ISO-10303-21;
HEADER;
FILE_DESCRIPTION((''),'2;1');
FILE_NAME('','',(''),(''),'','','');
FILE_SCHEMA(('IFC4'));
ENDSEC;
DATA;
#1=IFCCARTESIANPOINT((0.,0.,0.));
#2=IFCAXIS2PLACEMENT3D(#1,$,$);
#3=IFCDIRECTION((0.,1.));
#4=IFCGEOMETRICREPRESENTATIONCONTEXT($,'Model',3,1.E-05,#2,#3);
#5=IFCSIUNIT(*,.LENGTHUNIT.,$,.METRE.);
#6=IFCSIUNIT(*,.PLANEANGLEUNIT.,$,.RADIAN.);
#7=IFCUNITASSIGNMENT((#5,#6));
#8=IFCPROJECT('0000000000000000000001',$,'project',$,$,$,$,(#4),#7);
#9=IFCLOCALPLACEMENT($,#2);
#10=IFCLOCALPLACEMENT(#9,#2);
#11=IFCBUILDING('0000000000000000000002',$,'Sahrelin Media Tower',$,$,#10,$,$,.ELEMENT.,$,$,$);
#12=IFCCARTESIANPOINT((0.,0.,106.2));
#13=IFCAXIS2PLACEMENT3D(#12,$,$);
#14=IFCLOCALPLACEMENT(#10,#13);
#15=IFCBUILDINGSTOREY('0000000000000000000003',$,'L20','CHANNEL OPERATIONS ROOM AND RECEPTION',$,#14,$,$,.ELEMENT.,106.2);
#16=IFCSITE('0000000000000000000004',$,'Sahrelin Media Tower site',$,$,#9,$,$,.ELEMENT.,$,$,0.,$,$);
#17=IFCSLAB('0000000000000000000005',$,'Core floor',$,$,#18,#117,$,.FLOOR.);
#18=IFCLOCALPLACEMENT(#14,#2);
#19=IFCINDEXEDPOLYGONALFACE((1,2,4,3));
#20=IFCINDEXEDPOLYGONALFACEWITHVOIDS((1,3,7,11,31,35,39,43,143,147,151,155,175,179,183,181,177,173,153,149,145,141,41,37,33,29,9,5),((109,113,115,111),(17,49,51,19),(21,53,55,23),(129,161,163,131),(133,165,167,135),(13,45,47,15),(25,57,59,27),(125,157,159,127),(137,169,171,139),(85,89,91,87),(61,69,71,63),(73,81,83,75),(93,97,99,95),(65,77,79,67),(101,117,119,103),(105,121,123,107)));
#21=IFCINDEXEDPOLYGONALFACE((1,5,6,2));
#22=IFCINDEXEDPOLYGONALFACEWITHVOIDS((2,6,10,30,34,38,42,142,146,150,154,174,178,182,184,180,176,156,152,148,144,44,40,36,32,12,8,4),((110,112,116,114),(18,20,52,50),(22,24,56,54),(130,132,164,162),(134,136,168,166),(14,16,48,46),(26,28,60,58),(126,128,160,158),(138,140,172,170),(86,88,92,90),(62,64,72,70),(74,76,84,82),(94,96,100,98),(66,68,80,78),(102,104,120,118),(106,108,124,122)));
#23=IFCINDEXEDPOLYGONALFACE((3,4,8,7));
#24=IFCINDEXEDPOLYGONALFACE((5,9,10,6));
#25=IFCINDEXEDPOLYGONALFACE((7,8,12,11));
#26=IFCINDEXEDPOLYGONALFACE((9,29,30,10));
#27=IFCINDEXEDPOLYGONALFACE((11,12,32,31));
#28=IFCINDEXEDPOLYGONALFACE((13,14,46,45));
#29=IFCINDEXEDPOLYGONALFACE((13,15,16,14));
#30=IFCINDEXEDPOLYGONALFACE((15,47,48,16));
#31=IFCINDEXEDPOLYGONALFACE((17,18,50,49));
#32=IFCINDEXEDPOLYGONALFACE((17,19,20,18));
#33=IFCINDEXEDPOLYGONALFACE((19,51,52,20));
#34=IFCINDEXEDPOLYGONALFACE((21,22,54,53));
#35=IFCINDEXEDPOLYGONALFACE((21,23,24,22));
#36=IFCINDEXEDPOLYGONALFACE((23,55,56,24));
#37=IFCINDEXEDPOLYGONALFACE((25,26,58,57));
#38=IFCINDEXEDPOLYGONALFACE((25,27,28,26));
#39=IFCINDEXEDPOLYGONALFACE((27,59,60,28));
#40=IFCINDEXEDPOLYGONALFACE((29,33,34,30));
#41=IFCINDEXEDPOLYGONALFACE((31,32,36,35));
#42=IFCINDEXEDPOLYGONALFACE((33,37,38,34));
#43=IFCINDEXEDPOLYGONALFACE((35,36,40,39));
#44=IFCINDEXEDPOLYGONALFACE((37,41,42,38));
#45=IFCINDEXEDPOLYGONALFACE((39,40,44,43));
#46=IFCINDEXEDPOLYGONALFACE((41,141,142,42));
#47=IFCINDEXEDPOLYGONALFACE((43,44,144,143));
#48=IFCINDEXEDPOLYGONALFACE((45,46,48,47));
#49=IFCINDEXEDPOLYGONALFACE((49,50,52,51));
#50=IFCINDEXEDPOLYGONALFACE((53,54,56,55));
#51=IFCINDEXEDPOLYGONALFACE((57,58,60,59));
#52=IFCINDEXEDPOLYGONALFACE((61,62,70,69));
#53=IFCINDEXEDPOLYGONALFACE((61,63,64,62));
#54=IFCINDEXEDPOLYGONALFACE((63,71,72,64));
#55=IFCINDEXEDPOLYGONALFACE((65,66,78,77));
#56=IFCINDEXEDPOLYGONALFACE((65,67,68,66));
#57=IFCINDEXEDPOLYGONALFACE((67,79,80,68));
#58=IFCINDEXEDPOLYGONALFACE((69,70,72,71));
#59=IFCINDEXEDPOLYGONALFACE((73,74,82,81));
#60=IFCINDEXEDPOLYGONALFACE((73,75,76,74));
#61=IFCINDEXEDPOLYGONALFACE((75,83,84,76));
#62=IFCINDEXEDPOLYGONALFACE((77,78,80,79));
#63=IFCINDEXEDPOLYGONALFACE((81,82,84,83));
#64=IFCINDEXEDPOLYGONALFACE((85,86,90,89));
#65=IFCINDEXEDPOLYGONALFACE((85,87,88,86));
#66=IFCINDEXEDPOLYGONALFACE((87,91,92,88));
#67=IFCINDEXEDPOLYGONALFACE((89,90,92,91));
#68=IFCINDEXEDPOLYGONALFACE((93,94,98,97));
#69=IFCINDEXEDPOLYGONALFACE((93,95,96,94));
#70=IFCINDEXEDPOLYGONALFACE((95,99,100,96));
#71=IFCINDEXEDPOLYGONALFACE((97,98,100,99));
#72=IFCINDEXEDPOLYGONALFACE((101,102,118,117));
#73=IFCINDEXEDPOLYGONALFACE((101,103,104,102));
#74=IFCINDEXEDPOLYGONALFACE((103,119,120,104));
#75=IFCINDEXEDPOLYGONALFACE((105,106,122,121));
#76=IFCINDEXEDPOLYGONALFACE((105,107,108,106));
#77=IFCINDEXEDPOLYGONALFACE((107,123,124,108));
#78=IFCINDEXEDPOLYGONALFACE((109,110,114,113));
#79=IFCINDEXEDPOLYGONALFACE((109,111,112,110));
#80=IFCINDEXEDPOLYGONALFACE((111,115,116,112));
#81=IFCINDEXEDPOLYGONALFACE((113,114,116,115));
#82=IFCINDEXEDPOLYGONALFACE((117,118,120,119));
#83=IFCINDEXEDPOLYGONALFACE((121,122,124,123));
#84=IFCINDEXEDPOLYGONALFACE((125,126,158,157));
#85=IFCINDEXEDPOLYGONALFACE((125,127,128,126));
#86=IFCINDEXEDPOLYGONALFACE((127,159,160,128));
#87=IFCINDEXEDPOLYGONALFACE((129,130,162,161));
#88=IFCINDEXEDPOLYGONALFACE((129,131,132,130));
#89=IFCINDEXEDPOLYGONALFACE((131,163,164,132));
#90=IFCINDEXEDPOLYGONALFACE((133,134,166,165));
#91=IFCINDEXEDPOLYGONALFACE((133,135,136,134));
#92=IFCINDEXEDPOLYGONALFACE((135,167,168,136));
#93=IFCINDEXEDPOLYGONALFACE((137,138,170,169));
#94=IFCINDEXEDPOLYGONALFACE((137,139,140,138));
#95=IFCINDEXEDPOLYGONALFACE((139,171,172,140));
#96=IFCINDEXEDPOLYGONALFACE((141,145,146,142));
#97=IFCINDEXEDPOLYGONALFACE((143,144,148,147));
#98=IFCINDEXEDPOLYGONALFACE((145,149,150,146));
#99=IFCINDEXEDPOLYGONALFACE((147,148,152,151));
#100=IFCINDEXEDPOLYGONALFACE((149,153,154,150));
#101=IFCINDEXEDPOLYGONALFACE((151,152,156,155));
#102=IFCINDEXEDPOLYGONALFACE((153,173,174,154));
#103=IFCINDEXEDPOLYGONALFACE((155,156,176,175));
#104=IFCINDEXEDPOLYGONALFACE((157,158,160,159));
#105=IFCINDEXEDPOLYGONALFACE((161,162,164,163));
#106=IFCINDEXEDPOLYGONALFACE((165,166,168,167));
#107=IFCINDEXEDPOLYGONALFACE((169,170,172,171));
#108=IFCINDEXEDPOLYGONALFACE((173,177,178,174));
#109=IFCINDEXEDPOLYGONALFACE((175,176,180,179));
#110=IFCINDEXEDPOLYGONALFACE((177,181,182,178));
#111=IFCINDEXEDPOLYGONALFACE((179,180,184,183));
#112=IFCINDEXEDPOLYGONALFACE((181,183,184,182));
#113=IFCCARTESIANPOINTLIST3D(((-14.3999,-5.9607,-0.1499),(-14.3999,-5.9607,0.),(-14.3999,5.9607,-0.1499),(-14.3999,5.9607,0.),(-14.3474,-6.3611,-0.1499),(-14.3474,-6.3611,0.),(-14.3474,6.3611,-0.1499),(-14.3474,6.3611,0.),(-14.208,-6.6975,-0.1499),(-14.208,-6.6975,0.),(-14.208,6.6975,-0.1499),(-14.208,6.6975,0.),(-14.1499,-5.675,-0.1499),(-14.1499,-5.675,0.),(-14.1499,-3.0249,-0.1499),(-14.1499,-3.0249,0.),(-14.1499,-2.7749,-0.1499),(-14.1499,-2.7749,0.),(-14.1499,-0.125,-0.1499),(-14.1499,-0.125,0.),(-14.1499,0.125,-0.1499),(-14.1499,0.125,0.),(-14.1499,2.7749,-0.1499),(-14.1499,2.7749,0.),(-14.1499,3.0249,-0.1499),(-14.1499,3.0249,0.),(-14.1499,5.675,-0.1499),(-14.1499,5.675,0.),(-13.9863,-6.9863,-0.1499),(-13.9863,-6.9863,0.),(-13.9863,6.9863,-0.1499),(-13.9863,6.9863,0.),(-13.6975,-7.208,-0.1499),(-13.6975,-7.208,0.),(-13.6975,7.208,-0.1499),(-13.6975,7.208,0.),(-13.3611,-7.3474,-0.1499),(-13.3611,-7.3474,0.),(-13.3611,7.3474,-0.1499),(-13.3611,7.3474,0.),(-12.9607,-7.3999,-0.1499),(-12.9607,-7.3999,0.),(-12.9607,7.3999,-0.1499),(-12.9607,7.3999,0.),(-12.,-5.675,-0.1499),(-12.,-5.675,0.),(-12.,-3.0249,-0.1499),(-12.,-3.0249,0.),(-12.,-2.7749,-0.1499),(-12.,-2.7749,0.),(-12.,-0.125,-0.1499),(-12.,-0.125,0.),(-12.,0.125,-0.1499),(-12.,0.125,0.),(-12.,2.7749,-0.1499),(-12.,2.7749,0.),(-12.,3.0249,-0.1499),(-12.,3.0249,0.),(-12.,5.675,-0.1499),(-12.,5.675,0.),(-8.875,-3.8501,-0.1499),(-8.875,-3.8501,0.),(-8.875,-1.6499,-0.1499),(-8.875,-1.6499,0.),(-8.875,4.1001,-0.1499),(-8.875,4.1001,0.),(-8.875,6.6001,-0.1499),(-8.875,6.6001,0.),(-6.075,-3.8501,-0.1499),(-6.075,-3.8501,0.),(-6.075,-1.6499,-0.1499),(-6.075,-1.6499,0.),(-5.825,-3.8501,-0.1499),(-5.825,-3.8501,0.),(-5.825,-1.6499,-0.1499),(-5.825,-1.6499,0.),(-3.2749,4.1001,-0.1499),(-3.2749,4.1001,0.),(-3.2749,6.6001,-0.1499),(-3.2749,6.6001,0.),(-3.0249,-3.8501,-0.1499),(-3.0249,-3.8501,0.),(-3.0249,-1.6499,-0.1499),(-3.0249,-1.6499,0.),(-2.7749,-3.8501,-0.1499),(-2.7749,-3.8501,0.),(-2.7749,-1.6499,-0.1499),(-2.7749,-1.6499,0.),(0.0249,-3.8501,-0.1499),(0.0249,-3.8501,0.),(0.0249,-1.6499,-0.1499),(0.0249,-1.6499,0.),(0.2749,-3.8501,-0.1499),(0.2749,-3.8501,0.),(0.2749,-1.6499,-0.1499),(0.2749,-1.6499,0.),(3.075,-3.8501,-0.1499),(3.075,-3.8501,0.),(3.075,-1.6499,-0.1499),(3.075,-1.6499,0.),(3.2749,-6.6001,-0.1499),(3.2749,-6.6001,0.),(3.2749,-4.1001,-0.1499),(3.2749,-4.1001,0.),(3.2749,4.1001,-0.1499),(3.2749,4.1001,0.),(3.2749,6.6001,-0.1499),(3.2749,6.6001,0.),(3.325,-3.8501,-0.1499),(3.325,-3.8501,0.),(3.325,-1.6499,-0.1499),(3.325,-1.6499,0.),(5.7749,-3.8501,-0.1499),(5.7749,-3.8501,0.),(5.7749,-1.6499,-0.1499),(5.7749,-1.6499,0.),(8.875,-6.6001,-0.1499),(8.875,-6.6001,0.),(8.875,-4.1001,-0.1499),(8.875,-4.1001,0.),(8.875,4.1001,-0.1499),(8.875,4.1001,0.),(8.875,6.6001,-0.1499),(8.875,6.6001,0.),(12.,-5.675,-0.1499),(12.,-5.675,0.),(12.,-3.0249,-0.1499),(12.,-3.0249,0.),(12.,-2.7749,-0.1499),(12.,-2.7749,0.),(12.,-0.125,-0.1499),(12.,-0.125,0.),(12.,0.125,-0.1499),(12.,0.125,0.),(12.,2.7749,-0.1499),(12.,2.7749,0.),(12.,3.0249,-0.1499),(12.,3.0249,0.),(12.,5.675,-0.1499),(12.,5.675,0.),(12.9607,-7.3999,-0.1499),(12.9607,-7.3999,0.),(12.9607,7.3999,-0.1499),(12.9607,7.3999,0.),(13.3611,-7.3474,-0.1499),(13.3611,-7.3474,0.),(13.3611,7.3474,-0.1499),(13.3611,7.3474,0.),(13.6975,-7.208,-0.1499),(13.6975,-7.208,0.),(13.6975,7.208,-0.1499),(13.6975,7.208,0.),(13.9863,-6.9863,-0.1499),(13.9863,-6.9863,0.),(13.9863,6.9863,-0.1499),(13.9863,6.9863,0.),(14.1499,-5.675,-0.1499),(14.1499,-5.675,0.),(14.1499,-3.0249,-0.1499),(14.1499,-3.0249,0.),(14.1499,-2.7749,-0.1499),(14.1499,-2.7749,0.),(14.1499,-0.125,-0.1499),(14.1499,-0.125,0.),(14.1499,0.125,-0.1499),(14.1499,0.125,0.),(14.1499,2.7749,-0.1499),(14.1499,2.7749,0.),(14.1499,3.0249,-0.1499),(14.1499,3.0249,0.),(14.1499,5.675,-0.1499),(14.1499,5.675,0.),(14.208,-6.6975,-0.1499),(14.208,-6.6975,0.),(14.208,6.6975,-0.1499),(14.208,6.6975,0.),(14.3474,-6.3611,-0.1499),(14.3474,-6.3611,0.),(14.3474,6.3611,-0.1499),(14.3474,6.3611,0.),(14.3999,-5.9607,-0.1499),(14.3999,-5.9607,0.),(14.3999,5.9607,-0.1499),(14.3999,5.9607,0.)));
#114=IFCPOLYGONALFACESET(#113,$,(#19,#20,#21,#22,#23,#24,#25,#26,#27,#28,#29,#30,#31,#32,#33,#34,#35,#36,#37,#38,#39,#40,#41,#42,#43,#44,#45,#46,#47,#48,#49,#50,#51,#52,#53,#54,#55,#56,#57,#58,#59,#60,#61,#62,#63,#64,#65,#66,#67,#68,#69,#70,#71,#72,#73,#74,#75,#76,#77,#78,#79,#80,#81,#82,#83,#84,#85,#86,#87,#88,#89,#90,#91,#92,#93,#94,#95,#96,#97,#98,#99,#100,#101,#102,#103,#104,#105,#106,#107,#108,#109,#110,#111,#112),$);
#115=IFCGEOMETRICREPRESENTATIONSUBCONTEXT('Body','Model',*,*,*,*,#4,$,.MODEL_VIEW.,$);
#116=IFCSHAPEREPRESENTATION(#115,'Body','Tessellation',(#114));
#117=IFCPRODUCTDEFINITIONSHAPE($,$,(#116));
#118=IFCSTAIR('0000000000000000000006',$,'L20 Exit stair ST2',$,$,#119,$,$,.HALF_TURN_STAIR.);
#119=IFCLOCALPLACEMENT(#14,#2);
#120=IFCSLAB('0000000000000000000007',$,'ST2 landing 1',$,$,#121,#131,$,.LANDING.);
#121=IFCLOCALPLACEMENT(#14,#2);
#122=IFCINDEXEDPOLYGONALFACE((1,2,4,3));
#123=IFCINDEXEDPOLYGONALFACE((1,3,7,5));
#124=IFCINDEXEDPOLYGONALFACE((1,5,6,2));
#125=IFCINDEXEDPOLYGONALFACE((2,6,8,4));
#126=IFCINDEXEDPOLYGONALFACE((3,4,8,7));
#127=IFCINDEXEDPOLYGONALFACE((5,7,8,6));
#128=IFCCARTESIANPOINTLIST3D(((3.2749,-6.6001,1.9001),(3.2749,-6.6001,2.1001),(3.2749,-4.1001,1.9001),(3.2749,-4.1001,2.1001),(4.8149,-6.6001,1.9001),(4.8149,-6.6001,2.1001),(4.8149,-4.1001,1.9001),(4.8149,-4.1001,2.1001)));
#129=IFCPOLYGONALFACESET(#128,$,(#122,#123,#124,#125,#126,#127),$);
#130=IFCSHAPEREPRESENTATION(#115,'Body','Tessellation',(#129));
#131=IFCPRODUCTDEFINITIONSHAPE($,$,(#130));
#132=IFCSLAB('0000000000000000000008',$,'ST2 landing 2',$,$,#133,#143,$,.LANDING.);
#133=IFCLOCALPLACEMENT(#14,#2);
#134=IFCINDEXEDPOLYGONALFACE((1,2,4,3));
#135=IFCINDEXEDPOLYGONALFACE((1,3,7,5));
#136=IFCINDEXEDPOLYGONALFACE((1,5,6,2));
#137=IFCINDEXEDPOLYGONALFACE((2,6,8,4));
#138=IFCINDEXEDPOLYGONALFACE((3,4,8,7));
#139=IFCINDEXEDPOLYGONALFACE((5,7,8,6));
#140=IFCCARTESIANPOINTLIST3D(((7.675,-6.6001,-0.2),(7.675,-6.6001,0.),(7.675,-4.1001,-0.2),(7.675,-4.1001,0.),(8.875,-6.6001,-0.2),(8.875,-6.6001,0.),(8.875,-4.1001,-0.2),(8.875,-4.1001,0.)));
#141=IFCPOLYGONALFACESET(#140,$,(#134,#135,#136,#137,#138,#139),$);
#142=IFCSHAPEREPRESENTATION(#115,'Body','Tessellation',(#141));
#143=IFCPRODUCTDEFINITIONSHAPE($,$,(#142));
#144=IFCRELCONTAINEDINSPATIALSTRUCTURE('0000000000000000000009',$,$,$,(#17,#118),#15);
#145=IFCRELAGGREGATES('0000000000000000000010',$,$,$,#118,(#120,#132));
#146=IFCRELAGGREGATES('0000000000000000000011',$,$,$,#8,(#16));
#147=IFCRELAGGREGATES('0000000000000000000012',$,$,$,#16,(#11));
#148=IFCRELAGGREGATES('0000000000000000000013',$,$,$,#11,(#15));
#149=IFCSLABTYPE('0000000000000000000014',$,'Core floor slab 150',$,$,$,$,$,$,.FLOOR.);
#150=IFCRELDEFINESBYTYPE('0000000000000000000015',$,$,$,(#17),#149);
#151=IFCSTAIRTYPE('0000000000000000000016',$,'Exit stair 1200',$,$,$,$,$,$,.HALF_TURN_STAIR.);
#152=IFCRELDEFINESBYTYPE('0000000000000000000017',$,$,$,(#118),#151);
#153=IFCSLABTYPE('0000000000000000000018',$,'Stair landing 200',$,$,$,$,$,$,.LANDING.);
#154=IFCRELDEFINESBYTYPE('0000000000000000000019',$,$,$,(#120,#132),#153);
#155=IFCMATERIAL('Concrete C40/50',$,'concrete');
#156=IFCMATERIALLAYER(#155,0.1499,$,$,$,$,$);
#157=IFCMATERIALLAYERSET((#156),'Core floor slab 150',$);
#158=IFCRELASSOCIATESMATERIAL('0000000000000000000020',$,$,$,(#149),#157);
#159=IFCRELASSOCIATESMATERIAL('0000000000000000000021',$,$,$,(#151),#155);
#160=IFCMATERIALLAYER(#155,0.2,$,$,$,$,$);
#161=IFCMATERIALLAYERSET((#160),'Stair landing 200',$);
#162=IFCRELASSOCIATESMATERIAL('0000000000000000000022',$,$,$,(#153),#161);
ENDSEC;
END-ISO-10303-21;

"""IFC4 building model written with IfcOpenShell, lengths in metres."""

from ifc_helpers import new_model, si_unit, direction, frame, origin, place, context, subcontext, project, spatial, polyline, outline, extrude, material, layer, layer_set, type_object, element, aggregate, save


model = new_model("IFC4")

# Units and contexts
model_context = context("Model", 3, precision=1e-05, world=origin(), true_north=direction((0.0, 1.0)))
body_context = subcontext(model_context, "Body", "Model", "MODEL_VIEW")
ifc_project = project(units=[si_unit("LENGTHUNIT", "METRE"), si_unit("PLANEANGLEUNIT", "RADIAN")], contexts=[model_context])

# Site, building, storey
site_placement = place(None, origin())
site = spatial("IfcSite", under=ifc_project, at=site_placement, Name="Sahrelin Media Tower site", CompositionType="ELEMENT", RefElevation=0.0)
building_placement = place(site_placement, origin())
building = spatial("IfcBuilding", under=site, at=building_placement, Name="Sahrelin Media Tower", CompositionType="ELEMENT")
storey_placement = place(building_placement, frame((0.0, 0.0, 106.2)))
storey = spatial("IfcBuildingStorey", under=building, at=storey_placement, Name="L20", Description="CHANNEL OPERATIONS ROOM AND RECEPTION", CompositionType="ELEMENT", Elevation=106.2)

# Slab
ifc_material_1 = material(Name="Concrete C40/50", Category="concrete")
ifc_layer_1 = layer(ifc_material_1, 0.1499)
ifc_layer_set_1 = layer_set([ifc_layer_1], Name="Core floor slab 150")
slab_type_1 = type_object("IfcSlabType", Name="Core floor slab 150", PredefinedType="FLOOR", material=ifc_layer_set_1)
slab_1_placement = place(storey_placement, frame((0.0, 0.0, -0.1499)))
element("IfcSlab", 1, at=slab_1_placement, inside=storey, type_object=slab_type_1, Name="Core floor", PredefinedType="FLOOR", context=body_context, shape_type="SweptSolid", body=[
    extrude(outline(polyline([(-14.3474, 6.3611), (-14.3999, 5.9607), (-14.3999, -5.9607), (-14.3474, -6.3611), (-14.208, -6.6975), (-13.9863, -6.9863), (-13.6975, -7.208), (-13.3611, -7.3474), (-12.9607, -7.3999), (12.9607, -7.3999), (13.3611, -7.3474), (13.6975, -7.208), (13.9863, -6.9863), (14.208, -6.6975), (14.3474, -6.3611), (14.3999, -5.9607), (14.3999, 5.9607), (14.3474, 6.3611), (14.208, 6.6975), (13.9863, 6.9863), (13.6975, 7.208), (13.3611, 7.3474), (12.9607, 7.3999), (-12.9607, 7.3999), (-13.3611, 7.3474), (-13.6975, 7.208), (-13.9863, 6.9863), (-14.208, 6.6975), (-14.3474, 6.3611)]), holes=[polyline([(-12.0, 3.0249), (-12.0, 5.675), (-14.1499, 5.675), (-14.1499, 3.0249), (-12.0, 3.0249)]), polyline([(-14.1499, 0.125), (-12.0, 0.125), (-12.0, 2.7749), (-14.1499, 2.7749), (-14.1499, 0.125)]), polyline([(-14.1499, -0.125), (-14.1499, -2.7749), (-12.0, -2.7749), (-12.0, -0.125), (-14.1499, -0.125)]), polyline([(-12.0, -3.0249), (-14.1499, -3.0249), (-14.1499, -5.675), (-12.0, -5.675), (-12.0, -3.0249)]), polyline([(14.1499, 3.0249), (14.1499, 5.675), (12.0, 5.675), (12.0, 3.0249), (14.1499, 3.0249)]), polyline([(12.0, 0.125), (14.1499, 0.125), (14.1499, 2.7749), (12.0, 2.7749), (12.0, 0.125)]), polyline([(12.0, -0.125), (12.0, -2.7749), (14.1499, -2.7749), (14.1499, -0.125), (12.0, -0.125)]), polyline([(14.1499, -3.0249), (12.0, -3.0249), (12.0, -5.675), (14.1499, -5.675), (14.1499, -3.0249)]), polyline([(-6.075, -3.8501), (-6.075, -1.6499), (-8.875, -1.6499), (-8.875, -3.8501), (-6.075, -3.8501)]), polyline([(-5.825, -3.8501), (-3.0249, -3.8501), (-3.0249, -1.6499), (-5.825, -1.6499), (-5.825, -3.8501)]), polyline([(-2.7749, -1.6499), (-2.7749, -3.8501), (0.0249, -3.8501), (0.0249, -1.6499), (-2.7749, -1.6499)]), polyline([(3.075, -1.6499), (0.2749, -1.6499), (0.2749, -3.8501), (3.075, -3.8501), (3.075, -1.6499)]), polyline([(5.7749, -3.8501), (5.7749, -1.6499), (3.325, -1.6499), (3.325, -3.8501), (5.7749, -3.8501)]), polyline([(-8.875, 6.6001), (-8.875, 4.1001), (-3.2749, 4.1001), (-3.2749, 6.6001), (-8.875, 6.6001)]), polyline([(3.2749, 4.1001), (8.875, 4.1001), (8.875, 6.6001), (3.2749, 6.6001), (3.2749, 4.1001)]), polyline([(3.2749, -4.1001), (3.2749, -6.6001), (8.875, -6.6001), (8.875, -4.1001), (3.2749, -4.1001)])]), origin(), (0.0, 0.0, 1.0), 0.1499),
])

# Stair, slabs
stair_type = type_object("IfcStairType", Name="Exit stair 1200", PredefinedType="HALF_TURN_STAIR", material=ifc_material_1)
placement = place(storey_placement, origin())
stair = element("IfcStair", 2, at=placement, inside=storey, type_object=stair_type, Name="L20 Exit stair ST2", PredefinedType="HALF_TURN_STAIR")
ifc_layer_2 = layer(ifc_material_1, 0.2)
ifc_layer_set_2 = layer_set([ifc_layer_2], Name="Stair landing 200")
slab_type_2 = type_object("IfcSlabType", Name="Stair landing 200", PredefinedType="LANDING", material=ifc_layer_set_2)
slab_2_placement = place(storey_placement, frame((0.0, 0.0, 1.9001)))
slab_2 = element("IfcSlab", 3, at=slab_2_placement, type_object=slab_type_2, Name="ST2 landing 1", PredefinedType="LANDING", context=body_context, shape_type="SweptSolid", body=[
    extrude(outline(polyline([(4.8149, -4.1001), (3.2749, -4.1001), (3.2749, -6.6001), (4.8149, -6.6001), (4.8149, -4.1001)])), origin(), (0.0, 0.0, 1.0), 0.2),
])
slab_3_placement = place(storey_placement, frame((0.0, 0.0, -0.2)))
slab_3 = element("IfcSlab", 4, at=slab_3_placement, type_object=slab_type_2, Name="ST2 landing 2", PredefinedType="LANDING", context=body_context, shape_type="SweptSolid", body=[
    extrude(outline(polyline([(8.875, -4.1001), (7.675, -4.1001), (7.675, -6.6001), (8.875, -6.6001), (8.875, -4.1001)])), origin(), (0.0, 0.0, 1.0), 0.2),
])
aggregate(stair, [slab_2, slab_3])

save(model, "model.ifc")
